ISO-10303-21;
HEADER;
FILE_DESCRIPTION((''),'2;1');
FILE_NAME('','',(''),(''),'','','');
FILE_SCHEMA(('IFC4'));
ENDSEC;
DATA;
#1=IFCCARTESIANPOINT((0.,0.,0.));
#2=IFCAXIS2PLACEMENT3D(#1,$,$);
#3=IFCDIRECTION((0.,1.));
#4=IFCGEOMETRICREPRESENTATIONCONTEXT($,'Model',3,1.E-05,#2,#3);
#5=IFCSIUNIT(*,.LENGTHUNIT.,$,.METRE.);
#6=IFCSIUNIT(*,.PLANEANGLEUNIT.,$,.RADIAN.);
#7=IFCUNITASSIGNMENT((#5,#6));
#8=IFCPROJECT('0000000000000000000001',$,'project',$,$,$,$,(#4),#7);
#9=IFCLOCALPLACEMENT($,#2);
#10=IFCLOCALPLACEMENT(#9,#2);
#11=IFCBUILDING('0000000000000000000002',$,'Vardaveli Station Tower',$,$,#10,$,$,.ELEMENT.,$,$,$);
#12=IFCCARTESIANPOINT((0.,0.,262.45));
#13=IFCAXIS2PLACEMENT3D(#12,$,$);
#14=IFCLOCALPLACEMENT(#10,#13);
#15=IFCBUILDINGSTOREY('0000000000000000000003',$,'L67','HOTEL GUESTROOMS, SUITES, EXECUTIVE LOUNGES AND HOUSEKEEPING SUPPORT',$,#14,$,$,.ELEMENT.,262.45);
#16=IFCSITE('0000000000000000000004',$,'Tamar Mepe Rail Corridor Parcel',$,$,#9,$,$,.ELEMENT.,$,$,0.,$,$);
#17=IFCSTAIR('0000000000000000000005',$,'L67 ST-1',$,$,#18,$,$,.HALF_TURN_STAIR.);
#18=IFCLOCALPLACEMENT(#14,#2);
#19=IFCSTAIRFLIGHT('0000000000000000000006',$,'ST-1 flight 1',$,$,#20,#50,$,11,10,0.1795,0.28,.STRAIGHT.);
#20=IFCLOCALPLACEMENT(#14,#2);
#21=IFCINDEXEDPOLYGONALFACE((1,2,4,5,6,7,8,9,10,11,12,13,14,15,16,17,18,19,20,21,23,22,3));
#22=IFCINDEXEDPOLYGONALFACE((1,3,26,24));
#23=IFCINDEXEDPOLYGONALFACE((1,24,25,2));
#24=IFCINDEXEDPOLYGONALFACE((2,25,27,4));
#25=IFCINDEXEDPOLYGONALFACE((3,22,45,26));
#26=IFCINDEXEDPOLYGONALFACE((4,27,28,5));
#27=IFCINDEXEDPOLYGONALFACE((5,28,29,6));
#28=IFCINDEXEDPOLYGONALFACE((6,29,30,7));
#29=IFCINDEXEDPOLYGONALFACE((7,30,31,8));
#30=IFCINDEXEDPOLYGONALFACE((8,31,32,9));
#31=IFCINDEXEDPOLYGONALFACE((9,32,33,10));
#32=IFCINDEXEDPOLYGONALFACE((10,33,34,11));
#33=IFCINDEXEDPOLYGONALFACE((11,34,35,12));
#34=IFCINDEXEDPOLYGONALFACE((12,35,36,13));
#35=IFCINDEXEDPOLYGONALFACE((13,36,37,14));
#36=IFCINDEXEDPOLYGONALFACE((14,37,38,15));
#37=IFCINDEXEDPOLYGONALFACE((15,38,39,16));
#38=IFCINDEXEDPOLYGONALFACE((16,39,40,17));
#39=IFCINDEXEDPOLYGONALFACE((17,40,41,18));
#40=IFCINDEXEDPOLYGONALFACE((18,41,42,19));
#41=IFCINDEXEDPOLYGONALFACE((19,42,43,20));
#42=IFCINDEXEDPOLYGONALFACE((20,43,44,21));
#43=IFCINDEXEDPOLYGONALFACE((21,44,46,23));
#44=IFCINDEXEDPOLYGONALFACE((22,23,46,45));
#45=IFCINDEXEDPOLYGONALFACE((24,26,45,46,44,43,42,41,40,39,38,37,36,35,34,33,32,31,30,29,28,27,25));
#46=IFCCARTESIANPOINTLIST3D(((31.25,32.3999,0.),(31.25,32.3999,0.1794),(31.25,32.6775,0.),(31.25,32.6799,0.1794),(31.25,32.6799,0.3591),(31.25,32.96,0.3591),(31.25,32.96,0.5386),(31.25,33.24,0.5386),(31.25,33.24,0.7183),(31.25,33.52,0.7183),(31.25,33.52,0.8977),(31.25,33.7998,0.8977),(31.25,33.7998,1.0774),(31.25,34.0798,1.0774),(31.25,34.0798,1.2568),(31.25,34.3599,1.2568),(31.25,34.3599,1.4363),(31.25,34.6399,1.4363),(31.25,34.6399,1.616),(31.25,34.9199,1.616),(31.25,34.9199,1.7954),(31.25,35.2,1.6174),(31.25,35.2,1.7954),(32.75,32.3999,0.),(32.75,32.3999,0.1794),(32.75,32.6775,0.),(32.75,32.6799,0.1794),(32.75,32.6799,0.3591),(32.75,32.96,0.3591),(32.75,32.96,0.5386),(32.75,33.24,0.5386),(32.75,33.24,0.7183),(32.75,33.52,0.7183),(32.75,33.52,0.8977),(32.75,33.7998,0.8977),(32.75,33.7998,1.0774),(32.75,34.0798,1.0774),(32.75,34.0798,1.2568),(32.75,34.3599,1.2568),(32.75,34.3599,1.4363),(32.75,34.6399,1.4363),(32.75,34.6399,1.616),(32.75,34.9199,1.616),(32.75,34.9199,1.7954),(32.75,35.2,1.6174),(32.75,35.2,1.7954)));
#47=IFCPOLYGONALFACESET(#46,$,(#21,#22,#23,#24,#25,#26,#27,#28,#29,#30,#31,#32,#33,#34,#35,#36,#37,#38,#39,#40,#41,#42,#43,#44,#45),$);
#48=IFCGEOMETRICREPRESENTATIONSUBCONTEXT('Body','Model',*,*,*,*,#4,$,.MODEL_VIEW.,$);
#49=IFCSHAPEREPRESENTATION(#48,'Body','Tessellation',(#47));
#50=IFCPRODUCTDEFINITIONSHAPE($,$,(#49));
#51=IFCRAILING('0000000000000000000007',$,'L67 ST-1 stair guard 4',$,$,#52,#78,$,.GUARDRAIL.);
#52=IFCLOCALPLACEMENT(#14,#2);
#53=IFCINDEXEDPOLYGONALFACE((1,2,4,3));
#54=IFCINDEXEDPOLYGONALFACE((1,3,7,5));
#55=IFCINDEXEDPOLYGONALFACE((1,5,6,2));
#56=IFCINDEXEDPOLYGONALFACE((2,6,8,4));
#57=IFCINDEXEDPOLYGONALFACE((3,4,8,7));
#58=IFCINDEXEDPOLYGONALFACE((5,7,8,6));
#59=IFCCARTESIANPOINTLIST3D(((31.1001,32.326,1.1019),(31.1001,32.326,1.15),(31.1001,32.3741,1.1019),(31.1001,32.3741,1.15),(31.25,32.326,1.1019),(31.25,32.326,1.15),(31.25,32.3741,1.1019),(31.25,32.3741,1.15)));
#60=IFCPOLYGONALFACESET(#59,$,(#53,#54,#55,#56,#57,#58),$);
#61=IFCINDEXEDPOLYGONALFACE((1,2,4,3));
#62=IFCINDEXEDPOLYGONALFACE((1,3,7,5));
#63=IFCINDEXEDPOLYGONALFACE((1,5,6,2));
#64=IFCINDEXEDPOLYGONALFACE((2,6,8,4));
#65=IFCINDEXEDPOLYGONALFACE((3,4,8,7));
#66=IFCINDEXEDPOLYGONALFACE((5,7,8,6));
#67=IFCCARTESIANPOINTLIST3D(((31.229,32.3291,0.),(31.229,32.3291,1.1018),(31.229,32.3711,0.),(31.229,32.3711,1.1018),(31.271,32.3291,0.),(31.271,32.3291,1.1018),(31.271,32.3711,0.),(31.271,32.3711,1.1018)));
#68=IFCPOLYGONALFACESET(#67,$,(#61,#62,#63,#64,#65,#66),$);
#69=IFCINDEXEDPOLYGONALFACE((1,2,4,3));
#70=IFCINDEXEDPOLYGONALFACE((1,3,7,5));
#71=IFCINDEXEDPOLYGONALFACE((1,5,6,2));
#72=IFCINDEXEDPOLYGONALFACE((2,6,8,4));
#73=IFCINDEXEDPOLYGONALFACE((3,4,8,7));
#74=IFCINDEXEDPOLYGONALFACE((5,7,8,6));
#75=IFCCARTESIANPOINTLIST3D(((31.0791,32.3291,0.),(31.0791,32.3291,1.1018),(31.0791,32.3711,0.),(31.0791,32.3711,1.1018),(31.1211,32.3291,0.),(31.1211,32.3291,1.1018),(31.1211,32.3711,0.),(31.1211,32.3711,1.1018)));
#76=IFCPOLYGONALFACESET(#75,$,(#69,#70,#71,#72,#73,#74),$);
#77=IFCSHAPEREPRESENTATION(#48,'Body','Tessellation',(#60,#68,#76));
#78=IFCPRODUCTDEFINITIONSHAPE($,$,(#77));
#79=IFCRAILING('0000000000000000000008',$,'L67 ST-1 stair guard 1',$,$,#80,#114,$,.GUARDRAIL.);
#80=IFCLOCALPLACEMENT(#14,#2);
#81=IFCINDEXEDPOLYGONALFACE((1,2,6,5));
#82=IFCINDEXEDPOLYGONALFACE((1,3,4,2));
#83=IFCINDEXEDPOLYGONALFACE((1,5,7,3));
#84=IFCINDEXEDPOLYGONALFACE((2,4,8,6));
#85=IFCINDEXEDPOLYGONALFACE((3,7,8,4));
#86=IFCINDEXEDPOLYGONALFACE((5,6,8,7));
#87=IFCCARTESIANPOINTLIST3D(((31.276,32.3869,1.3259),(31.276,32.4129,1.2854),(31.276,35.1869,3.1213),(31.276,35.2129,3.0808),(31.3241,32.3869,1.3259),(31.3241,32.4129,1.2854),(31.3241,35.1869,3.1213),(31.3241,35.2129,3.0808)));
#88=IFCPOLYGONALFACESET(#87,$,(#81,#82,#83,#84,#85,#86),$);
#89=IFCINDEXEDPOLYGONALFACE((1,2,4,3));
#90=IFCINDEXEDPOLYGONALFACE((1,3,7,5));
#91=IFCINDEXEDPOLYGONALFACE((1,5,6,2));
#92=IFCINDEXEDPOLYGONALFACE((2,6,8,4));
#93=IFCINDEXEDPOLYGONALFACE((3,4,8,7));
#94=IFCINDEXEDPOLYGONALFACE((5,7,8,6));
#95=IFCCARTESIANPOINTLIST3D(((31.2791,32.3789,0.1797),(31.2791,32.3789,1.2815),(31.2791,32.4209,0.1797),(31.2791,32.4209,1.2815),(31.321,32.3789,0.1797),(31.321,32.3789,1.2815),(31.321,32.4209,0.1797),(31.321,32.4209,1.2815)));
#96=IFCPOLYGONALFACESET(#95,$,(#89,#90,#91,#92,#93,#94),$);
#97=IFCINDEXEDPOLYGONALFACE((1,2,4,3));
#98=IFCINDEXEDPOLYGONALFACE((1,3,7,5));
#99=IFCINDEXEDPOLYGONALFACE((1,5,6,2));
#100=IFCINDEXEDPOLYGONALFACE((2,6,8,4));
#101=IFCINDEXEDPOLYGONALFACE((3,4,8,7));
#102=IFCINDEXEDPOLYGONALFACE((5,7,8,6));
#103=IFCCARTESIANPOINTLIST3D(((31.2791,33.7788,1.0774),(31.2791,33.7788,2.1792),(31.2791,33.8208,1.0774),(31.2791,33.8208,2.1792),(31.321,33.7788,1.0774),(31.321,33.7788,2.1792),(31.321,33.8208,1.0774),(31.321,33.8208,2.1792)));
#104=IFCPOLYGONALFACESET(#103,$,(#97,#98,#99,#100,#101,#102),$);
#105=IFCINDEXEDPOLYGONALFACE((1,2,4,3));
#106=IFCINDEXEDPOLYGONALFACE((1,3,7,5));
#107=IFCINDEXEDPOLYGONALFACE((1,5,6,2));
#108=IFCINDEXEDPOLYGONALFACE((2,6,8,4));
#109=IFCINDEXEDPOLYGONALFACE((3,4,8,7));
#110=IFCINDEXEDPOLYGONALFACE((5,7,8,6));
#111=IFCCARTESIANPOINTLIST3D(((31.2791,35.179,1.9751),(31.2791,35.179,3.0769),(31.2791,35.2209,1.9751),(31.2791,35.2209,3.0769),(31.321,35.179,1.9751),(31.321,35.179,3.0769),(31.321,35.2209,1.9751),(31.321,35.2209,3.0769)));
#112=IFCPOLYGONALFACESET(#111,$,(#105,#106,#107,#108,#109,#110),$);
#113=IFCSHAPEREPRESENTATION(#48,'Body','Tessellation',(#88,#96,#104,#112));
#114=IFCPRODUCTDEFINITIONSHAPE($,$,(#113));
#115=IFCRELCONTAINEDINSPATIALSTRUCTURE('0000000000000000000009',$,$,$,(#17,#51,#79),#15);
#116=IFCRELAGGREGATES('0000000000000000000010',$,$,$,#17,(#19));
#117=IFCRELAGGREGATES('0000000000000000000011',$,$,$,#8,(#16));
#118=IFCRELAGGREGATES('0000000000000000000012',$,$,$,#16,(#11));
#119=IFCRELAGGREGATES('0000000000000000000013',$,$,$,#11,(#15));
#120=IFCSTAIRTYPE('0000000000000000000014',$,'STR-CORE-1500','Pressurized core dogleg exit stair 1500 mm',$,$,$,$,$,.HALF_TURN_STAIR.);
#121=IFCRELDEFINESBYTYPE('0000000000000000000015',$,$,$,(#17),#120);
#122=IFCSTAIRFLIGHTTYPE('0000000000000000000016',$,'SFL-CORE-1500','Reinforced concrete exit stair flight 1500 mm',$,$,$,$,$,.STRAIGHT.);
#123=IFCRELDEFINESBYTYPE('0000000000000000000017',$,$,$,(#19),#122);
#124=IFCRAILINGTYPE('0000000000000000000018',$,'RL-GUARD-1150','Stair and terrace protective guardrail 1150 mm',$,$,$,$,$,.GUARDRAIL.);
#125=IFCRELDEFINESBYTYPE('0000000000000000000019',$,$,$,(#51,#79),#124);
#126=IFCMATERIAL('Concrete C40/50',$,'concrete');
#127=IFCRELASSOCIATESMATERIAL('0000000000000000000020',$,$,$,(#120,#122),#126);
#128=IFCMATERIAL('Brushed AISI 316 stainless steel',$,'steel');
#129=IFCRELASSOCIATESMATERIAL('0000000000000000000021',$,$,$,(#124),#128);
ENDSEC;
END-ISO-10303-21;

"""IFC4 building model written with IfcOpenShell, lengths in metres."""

from ifc_helpers import new_model, si_unit, direction, frame, origin, origin_2d, place, context, subcontext, project, spatial, polyline, rectangle, outline, extrude, source, transform, mapped, material, type_object, element, aggregate, save


model = new_model("IFC4")

# Units and contexts
model_context = context("Model", 3, precision=1e-05, world=origin(), true_north=direction((0.0, 1.0)))
body_context = subcontext(model_context, "Body", "Model", "MODEL_VIEW")
ifc_project = project(units=[si_unit("LENGTHUNIT", "METRE"), si_unit("PLANEANGLEUNIT", "RADIAN")], contexts=[model_context])

# Site, building, storey
site_placement = place(None, origin())
site = spatial("IfcSite", under=ifc_project, at=site_placement, Name="Tamar Mepe Rail Corridor Parcel", CompositionType="ELEMENT", RefElevation=0.0)
building_placement = place(site_placement, origin())
building = spatial("IfcBuilding", under=site, at=building_placement, Name="Vardaveli Station Tower", CompositionType="ELEMENT")
storey_placement = place(building_placement, frame((0.0, 0.0, 262.45)))
storey = spatial("IfcBuildingStorey", under=building, at=storey_placement, Name="L67", Description="HOTEL GUESTROOMS, SUITES, EXECUTIVE LOUNGES AND HOUSEKEEPING SUPPORT", CompositionType="ELEMENT", Elevation=262.45)

# Shared definitions
ifc_material_1 = material(Name="Concrete C40/50", Category="concrete")

# Stair, stair flight
stair_type = type_object("IfcStairType", Name="STR-CORE-1500", Description="Pressurized core dogleg exit stair 1500 mm", PredefinedType="HALF_TURN_STAIR", material=ifc_material_1)
stair_placement = place(storey_placement, origin())
stair = element("IfcStair", 1, at=stair_placement, inside=storey, type_object=stair_type, Name="L67 ST-1", PredefinedType="HALF_TURN_STAIR")
stair_flight_type = type_object("IfcStairFlightType", Name="SFL-CORE-1500", Description="Reinforced concrete exit stair flight 1500 mm", PredefinedType="STRAIGHT", material=ifc_material_1)
shared_shape_1 = source(origin(), body_context, "Body", "SweptSolid", [
    extrude(outline(polyline([(0.0, 0.0), (0.0, 0.1794), (0.28, 0.1794), (0.28, 0.3591), (0.5601, 0.3591), (0.5601, 0.5386), (0.8401, 0.5386), (0.8401, 0.7183), (1.1201, 0.7183), (1.1201, 0.8977), (1.3999, 0.8977), (1.3999, 1.0774), (1.6799, 1.0774), (1.6799, 1.2568), (1.96, 1.2568), (1.96, 1.4363), (2.24, 1.4363), (2.24, 1.616), (2.52, 1.616), (2.52, 1.7954), (2.8, 1.7954), (2.8, 1.9751), (2.8, 1.6174), (0.2776, 0.0), (0.0, 0.0)])), frame((0.0, 0.75, 0.0), z_axis=(0.0, -1.0, 0.0), x_axis=(1.0, 0.0, 0.0)), (0.0, 0.0, 1.0), 1.5),
])
stair_flight_placement = place(storey_placement, frame((32.0, 32.3999, 0.0), z_axis=(0.0, 0.0, 1.0), x_axis=(0.0, 1.0, 0.0)))
stair_flight = element("IfcStairFlight", 2, at=stair_flight_placement, type_object=stair_flight_type, Name="ST-1 flight 1", NumberOfRisers=11, NumberOfTreads=10, PredefinedType="STRAIGHT", RiserHeight=0.1795, TreadLength=0.28, context=body_context, shape_type="MappedRepresentation", body=[
    mapped(shared_shape_1, transform((0.0, 0.0, 0.0), scale=1.0)),
])
aggregate(stair, [stair_flight])

# Railings
ifc_material_2 = material(Name="Brushed AISI 316 stainless steel", Category="steel")
railing_type = type_object("IfcRailingType", Name="RL-GUARD-1150", Description="Stair and terrace protective guardrail 1150 mm", PredefinedType="GUARDRAIL", material=ifc_material_2)
shared_shape_2 = source(origin(), body_context, "Body", "SweptSolid", [
    extrude(rectangle(XDim=0.0481, YDim=0.0481, at=origin_2d()), frame((0.0, 0.0, 1.126), z_axis=(-1.0, 0.0, 0.0), x_axis=(0.0, -1.0, 0.0)), (0.0, 0.0, 1.0), 0.1499),
    extrude(rectangle(XDim=0.042, YDim=0.042, at=origin_2d()), origin(), (0.0, 0.0, 1.0), 1.1018),
    extrude(rectangle(XDim=0.042, YDim=0.042, at=origin_2d()), frame((-0.1499, 0.0, 0.0)), (0.0, 0.0, 1.0), 1.1018),
])
railing_1_placement = place(storey_placement, frame((31.25, 32.3501, 0.0)))
element("IfcRailing", 3, at=railing_1_placement, inside=storey, type_object=railing_type, Name="L67 ST-1 stair guard 4", PredefinedType="GUARDRAIL", context=body_context, shape_type="MappedRepresentation", body=[
    mapped(shared_shape_2, transform((0.0, 0.0, 0.0), scale=1.0)),
])
shared_shape_3 = source(origin(), body_context, "Body", "SweptSolid", [
    extrude(rectangle(XDim=0.0481, YDim=0.0481, at=origin_2d()), frame((0.0, 0.0, 1.126), z_axis=(0.0, 0.84181, 0.539774), x_axis=(-1.0, 0.0, 0.0)), (0.0, 0.0, 1.0), 3.3262),
    extrude(rectangle(XDim=0.042, YDim=0.042, at=origin_2d()), origin(), (0.0, 0.0, 1.0), 1.1018),
    extrude(rectangle(XDim=0.042, YDim=0.042, at=origin_2d()), frame((0.0, 1.3999, 0.8977)), (0.0, 0.0, 1.0), 1.1018),
    extrude(rectangle(XDim=0.042, YDim=0.042, at=origin_2d()), frame((0.0, 2.8, 1.7954)), (0.0, 0.0, 1.0), 1.1018),
])
railing_2_placement = place(storey_placement, frame((31.3, 32.3999, 0.1797)))
element("IfcRailing", 4, at=railing_2_placement, inside=storey, type_object=railing_type, Name="L67 ST-1 stair guard 1", PredefinedType="GUARDRAIL", context=body_context, shape_type="MappedRepresentation", body=[
    mapped(shared_shape_3, transform((0.0, 0.0, 0.0), scale=1.0)),
])

save(model, "model.ifc")
